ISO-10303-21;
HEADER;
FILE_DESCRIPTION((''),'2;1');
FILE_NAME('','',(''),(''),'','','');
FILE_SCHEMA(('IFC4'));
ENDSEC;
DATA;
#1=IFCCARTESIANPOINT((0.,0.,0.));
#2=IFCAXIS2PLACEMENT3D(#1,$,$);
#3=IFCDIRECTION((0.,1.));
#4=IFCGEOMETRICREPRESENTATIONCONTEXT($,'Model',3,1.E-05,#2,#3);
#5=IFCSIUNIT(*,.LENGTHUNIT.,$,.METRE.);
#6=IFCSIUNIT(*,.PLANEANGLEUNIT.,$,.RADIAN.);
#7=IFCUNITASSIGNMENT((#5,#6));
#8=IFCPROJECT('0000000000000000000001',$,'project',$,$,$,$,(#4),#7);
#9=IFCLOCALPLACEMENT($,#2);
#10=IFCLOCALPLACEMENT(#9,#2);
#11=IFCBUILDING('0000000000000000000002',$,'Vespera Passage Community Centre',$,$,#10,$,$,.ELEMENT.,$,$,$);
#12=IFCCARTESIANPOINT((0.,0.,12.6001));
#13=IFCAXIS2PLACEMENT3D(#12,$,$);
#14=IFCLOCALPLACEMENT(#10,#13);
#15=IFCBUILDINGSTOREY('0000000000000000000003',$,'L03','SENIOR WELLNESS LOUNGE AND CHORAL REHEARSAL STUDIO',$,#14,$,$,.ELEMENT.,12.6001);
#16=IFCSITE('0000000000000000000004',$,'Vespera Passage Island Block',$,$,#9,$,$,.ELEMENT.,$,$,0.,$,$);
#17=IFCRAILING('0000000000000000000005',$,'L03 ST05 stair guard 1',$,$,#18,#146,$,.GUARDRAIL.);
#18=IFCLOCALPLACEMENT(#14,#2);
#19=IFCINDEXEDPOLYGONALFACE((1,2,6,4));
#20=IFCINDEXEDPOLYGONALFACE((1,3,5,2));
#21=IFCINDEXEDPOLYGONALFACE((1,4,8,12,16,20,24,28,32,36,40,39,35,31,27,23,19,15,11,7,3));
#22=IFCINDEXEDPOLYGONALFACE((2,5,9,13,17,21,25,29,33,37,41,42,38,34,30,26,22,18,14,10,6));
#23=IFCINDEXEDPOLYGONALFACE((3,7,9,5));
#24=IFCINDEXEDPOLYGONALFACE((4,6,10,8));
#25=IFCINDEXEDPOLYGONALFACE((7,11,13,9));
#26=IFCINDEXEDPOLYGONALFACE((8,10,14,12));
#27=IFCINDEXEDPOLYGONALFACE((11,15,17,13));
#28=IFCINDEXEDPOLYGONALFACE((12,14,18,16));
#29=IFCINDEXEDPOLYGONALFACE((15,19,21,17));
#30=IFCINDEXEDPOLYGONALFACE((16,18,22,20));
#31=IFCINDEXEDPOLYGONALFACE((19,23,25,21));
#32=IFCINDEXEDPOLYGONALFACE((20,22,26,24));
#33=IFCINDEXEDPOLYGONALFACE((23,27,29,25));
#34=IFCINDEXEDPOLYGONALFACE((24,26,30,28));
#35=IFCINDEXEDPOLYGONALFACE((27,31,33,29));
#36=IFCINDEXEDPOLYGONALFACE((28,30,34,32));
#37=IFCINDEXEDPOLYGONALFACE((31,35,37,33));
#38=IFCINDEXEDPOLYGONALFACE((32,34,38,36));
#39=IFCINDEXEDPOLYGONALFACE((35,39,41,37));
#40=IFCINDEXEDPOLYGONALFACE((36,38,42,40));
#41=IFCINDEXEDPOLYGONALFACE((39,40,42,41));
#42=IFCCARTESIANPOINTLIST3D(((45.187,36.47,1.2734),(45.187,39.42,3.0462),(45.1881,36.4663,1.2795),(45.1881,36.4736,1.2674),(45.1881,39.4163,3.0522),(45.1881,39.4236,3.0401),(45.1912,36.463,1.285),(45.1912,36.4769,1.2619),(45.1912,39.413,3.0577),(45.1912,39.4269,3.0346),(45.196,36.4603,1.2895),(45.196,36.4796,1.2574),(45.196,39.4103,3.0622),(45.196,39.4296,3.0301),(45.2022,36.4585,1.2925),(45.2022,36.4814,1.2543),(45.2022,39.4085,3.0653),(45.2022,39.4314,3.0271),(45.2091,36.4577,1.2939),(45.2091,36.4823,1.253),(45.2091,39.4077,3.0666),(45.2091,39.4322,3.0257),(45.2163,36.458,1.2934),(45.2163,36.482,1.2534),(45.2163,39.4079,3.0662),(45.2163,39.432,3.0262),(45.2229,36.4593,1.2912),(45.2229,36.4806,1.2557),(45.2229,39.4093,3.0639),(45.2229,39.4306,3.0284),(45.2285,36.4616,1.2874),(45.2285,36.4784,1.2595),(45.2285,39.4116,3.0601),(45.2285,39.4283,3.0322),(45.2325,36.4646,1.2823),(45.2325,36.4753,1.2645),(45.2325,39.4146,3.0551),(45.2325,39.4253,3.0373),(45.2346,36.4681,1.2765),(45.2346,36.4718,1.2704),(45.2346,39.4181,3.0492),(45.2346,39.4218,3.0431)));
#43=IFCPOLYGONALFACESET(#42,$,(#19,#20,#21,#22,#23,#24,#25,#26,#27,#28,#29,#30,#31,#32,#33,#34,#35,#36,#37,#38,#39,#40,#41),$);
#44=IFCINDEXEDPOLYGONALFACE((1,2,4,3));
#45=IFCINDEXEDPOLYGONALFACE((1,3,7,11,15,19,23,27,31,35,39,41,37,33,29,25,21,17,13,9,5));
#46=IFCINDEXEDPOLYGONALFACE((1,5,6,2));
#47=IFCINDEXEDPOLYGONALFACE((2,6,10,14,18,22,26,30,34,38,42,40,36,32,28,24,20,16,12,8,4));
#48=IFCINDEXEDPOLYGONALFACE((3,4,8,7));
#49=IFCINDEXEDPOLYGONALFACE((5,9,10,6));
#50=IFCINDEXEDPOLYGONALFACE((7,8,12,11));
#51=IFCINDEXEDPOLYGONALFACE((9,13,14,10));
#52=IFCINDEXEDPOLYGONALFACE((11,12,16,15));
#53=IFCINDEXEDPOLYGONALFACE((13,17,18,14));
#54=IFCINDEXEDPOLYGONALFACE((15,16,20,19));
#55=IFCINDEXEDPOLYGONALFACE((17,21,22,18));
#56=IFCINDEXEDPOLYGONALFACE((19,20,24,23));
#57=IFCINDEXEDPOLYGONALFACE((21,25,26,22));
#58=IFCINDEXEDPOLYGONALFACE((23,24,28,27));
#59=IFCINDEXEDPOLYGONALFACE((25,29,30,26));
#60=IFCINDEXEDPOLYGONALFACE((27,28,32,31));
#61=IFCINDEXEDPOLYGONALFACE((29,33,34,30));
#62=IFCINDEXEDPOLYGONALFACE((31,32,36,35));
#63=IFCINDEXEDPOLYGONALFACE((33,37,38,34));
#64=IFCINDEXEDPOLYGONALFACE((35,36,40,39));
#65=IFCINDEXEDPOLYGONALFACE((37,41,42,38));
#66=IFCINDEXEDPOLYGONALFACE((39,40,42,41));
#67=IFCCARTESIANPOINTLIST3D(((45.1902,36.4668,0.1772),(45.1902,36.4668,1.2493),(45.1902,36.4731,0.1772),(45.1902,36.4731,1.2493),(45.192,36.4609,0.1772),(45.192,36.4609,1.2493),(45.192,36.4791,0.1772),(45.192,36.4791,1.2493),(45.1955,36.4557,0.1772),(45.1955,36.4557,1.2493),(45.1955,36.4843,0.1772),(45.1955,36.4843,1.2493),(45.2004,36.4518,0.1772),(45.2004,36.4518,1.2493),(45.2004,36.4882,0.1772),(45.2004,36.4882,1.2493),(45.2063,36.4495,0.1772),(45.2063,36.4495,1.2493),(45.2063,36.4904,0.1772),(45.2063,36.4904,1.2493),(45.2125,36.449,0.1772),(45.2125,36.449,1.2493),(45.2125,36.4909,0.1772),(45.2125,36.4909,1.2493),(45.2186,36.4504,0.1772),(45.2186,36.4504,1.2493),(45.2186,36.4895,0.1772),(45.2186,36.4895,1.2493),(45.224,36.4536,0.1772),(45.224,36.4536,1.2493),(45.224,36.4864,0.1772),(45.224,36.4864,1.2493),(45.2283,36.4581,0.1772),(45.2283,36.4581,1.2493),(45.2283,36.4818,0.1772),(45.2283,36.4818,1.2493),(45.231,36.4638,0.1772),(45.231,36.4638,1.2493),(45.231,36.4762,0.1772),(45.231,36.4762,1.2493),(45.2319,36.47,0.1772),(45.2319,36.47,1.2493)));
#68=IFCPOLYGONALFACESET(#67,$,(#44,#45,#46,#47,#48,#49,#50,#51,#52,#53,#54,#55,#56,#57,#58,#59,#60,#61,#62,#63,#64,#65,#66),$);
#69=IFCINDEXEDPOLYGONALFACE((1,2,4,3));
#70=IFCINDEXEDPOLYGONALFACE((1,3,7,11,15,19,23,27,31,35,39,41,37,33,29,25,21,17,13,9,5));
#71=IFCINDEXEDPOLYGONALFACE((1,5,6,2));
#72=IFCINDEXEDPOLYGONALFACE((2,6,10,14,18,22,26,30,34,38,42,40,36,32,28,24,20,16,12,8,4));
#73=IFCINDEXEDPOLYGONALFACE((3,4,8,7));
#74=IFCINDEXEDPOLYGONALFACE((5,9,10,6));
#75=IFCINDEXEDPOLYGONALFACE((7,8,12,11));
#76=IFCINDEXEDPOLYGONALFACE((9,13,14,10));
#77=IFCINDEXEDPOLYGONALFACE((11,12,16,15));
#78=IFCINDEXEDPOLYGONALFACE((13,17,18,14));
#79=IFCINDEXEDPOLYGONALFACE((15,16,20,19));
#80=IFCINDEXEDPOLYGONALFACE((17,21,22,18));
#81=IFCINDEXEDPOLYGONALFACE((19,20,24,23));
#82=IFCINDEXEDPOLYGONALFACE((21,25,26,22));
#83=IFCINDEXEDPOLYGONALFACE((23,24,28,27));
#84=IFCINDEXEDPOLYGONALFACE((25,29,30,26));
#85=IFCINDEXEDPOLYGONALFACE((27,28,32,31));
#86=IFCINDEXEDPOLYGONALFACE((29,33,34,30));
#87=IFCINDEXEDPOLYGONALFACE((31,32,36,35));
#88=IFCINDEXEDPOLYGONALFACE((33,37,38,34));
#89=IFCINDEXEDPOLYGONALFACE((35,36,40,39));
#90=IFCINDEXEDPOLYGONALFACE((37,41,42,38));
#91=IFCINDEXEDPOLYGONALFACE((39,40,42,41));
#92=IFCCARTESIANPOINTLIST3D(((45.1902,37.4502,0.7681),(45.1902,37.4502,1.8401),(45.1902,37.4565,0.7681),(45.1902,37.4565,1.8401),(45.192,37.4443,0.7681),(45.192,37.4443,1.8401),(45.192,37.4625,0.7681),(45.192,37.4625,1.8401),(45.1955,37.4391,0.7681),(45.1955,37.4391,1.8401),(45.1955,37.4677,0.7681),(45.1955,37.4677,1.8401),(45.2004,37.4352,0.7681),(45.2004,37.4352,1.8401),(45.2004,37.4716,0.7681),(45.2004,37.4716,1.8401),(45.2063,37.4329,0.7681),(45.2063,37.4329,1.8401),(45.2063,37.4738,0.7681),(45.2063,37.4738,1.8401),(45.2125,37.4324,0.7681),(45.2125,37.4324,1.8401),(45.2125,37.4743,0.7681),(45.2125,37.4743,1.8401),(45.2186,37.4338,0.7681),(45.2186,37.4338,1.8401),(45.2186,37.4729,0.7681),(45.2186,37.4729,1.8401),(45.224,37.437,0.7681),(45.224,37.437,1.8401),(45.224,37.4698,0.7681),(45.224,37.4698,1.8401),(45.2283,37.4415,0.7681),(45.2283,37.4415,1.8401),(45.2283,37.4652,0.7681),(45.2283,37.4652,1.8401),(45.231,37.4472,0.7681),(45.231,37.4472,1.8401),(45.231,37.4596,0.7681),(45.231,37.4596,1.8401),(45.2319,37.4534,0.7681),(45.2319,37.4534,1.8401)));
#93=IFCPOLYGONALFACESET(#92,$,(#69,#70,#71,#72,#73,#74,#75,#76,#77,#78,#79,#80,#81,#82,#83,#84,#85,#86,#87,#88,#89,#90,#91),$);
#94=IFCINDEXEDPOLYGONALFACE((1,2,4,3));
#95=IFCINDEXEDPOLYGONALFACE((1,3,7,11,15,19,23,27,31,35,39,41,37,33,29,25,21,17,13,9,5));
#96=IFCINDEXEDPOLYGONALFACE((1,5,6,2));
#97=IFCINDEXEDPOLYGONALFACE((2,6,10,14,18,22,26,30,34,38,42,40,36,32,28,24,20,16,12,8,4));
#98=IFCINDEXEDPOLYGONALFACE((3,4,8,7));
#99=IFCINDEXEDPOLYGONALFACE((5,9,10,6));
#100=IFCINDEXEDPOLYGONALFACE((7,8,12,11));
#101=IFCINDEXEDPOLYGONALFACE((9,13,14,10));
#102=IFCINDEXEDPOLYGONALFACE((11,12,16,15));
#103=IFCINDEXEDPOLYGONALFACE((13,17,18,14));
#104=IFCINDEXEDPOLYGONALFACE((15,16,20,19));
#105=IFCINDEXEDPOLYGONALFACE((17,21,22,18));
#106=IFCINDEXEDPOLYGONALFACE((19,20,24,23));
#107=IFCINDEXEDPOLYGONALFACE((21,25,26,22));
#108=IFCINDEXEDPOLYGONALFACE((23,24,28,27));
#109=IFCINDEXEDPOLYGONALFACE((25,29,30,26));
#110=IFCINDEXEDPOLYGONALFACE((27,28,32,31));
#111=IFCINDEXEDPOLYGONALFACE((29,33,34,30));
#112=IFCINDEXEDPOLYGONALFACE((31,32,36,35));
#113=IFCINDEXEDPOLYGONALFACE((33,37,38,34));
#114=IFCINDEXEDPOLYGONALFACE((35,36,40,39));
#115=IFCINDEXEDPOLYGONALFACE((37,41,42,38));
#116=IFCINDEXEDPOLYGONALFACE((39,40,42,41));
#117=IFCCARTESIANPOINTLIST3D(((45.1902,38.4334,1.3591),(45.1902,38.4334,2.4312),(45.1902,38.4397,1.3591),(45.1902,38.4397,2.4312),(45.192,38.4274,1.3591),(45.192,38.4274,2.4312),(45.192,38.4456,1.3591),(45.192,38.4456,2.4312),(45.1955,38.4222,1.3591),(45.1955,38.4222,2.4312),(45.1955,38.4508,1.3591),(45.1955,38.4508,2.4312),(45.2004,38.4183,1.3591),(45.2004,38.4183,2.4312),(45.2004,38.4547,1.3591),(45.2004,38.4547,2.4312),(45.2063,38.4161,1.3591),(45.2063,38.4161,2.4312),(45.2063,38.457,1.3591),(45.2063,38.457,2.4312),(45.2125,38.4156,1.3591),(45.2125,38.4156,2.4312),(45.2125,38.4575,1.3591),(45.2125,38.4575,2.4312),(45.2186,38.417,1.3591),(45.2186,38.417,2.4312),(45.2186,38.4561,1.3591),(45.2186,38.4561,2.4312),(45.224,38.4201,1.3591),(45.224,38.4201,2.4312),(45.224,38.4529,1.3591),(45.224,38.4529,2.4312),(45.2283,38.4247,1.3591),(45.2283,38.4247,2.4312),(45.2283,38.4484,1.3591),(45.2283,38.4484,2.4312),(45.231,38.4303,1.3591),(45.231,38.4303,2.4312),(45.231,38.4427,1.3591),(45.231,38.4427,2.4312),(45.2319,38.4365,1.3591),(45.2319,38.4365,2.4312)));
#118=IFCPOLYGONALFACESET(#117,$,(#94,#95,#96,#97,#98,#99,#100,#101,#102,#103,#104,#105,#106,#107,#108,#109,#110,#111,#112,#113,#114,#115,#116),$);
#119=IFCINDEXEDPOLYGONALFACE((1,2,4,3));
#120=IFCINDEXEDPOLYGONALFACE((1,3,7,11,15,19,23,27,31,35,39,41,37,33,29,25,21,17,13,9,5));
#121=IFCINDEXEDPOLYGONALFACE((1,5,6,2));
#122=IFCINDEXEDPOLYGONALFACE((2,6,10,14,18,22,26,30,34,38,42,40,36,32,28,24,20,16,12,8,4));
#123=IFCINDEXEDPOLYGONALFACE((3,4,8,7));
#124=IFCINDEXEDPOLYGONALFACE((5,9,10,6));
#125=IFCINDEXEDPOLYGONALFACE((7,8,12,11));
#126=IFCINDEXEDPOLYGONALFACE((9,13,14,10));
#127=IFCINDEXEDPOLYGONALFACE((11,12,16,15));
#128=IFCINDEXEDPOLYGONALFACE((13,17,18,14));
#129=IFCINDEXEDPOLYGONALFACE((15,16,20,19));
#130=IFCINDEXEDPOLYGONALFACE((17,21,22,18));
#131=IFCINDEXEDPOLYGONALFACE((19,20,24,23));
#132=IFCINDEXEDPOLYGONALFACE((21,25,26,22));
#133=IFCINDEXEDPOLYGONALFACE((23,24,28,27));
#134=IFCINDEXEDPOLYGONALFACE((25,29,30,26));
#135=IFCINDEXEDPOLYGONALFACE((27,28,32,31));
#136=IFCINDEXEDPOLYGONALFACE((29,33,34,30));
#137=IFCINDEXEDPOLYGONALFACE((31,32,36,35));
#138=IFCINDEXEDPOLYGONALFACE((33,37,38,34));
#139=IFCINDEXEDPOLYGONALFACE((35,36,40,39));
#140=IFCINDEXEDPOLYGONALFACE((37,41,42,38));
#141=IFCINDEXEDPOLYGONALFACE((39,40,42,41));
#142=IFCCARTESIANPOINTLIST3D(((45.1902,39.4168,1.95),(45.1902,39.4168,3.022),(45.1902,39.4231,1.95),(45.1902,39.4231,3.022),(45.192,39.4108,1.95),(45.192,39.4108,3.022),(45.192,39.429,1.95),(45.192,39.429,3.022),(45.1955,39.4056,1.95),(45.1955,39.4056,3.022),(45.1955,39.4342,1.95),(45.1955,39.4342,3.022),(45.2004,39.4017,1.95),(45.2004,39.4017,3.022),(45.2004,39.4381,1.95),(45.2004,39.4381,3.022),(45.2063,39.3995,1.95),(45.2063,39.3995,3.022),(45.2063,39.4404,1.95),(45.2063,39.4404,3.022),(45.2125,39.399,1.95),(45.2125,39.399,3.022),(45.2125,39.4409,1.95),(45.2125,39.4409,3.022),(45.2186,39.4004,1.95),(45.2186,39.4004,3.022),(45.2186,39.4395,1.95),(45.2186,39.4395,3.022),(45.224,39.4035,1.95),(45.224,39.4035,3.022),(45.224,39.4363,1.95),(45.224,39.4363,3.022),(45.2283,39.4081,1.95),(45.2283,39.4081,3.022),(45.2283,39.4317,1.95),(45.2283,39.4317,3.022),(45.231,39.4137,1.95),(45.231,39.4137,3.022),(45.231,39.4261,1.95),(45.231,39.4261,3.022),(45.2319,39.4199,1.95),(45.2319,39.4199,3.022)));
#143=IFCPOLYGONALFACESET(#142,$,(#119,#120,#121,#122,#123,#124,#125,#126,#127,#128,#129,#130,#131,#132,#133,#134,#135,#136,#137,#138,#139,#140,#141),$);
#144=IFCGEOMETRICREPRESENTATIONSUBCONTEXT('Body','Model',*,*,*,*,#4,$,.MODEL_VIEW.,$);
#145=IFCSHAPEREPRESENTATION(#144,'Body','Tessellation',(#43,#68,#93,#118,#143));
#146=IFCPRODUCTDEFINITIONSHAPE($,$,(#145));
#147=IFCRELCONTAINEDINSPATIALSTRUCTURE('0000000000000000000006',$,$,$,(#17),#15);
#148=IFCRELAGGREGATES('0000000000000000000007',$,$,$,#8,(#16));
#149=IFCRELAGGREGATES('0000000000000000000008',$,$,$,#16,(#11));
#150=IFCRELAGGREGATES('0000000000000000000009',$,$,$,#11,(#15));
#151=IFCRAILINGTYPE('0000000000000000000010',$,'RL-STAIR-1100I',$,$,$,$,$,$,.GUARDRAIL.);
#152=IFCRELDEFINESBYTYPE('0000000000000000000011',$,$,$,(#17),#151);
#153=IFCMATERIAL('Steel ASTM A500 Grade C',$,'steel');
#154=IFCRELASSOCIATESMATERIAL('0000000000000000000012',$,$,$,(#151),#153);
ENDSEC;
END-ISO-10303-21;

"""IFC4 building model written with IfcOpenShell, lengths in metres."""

from ifc_helpers import new_model, si_unit, direction, frame, origin, origin_2d, place, context, subcontext, project, spatial, circle, extrude, material, type_object, element, save


model = new_model("IFC4")

# Units and contexts
model_context = context("Model", 3, precision=1e-05, world=origin(), true_north=direction((0.0, 1.0)))
body_context = subcontext(model_context, "Body", "Model", "MODEL_VIEW")
ifc_project = project(units=[si_unit("LENGTHUNIT", "METRE"), si_unit("PLANEANGLEUNIT", "RADIAN")], contexts=[model_context])

# Site, building, storey
site_placement = place(None, origin())
site = spatial("IfcSite", under=ifc_project, at=site_placement, Name="Vespera Passage Island Block", CompositionType="ELEMENT", RefElevation=0.0)
building_placement = place(site_placement, origin())
building = spatial("IfcBuilding", under=site, at=building_placement, Name="Vespera Passage Community Centre", CompositionType="ELEMENT")
storey_placement = place(building_placement, frame((0.0, 0.0, 12.6001)))
storey = spatial("IfcBuildingStorey", under=building, at=storey_placement, Name="L03", Description="SENIOR WELLNESS LOUNGE AND CHORAL REHEARSAL STUDIO", CompositionType="ELEMENT", Elevation=12.6001)

# Railing
ifc_material_1 = material(Name="Steel ASTM A500 Grade C", Category="steel")
railing_type_1 = type_object("IfcRailingType", Name="RL-STAIR-1100I", PredefinedType="GUARDRAIL", material=ifc_material_1)
railing_1_placement = place(storey_placement, frame((45.2109, 36.47, 0.1772)))
element("IfcRailing", 1, at=railing_1_placement, inside=storey, type_object=railing_type_1, Name="L03 ST05 stair guard 1", PredefinedType="GUARDRAIL", context=body_context, shape_type="SweptSolid", body=[
    extrude(circle(Radius=0.0239, at=origin_2d()), frame((0.0, 0.0, 1.0962), z_axis=(0.0, 0.857142, 0.51508), x_axis=(-1.0, 0.0, 0.0)), (0.0, 0.0, 1.0), 3.4417),
    extrude(circle(Radius=0.021, at=origin_2d()), origin(), (0.0, 0.0, 1.0), 1.072),
    extrude(circle(Radius=0.021, at=origin_2d()), frame((0.0, 0.9834, 0.5908)), (0.0, 0.0, 1.0), 1.072),
    extrude(circle(Radius=0.021, at=origin_2d()), frame((0.0, 1.9666, 1.1819)), (0.0, 0.0, 1.0), 1.072),
    extrude(circle(Radius=0.021, at=origin_2d()), frame((0.0, 2.95, 1.7727)), (0.0, 0.0, 1.0), 1.072),
])

save(model, "model.ifc")
